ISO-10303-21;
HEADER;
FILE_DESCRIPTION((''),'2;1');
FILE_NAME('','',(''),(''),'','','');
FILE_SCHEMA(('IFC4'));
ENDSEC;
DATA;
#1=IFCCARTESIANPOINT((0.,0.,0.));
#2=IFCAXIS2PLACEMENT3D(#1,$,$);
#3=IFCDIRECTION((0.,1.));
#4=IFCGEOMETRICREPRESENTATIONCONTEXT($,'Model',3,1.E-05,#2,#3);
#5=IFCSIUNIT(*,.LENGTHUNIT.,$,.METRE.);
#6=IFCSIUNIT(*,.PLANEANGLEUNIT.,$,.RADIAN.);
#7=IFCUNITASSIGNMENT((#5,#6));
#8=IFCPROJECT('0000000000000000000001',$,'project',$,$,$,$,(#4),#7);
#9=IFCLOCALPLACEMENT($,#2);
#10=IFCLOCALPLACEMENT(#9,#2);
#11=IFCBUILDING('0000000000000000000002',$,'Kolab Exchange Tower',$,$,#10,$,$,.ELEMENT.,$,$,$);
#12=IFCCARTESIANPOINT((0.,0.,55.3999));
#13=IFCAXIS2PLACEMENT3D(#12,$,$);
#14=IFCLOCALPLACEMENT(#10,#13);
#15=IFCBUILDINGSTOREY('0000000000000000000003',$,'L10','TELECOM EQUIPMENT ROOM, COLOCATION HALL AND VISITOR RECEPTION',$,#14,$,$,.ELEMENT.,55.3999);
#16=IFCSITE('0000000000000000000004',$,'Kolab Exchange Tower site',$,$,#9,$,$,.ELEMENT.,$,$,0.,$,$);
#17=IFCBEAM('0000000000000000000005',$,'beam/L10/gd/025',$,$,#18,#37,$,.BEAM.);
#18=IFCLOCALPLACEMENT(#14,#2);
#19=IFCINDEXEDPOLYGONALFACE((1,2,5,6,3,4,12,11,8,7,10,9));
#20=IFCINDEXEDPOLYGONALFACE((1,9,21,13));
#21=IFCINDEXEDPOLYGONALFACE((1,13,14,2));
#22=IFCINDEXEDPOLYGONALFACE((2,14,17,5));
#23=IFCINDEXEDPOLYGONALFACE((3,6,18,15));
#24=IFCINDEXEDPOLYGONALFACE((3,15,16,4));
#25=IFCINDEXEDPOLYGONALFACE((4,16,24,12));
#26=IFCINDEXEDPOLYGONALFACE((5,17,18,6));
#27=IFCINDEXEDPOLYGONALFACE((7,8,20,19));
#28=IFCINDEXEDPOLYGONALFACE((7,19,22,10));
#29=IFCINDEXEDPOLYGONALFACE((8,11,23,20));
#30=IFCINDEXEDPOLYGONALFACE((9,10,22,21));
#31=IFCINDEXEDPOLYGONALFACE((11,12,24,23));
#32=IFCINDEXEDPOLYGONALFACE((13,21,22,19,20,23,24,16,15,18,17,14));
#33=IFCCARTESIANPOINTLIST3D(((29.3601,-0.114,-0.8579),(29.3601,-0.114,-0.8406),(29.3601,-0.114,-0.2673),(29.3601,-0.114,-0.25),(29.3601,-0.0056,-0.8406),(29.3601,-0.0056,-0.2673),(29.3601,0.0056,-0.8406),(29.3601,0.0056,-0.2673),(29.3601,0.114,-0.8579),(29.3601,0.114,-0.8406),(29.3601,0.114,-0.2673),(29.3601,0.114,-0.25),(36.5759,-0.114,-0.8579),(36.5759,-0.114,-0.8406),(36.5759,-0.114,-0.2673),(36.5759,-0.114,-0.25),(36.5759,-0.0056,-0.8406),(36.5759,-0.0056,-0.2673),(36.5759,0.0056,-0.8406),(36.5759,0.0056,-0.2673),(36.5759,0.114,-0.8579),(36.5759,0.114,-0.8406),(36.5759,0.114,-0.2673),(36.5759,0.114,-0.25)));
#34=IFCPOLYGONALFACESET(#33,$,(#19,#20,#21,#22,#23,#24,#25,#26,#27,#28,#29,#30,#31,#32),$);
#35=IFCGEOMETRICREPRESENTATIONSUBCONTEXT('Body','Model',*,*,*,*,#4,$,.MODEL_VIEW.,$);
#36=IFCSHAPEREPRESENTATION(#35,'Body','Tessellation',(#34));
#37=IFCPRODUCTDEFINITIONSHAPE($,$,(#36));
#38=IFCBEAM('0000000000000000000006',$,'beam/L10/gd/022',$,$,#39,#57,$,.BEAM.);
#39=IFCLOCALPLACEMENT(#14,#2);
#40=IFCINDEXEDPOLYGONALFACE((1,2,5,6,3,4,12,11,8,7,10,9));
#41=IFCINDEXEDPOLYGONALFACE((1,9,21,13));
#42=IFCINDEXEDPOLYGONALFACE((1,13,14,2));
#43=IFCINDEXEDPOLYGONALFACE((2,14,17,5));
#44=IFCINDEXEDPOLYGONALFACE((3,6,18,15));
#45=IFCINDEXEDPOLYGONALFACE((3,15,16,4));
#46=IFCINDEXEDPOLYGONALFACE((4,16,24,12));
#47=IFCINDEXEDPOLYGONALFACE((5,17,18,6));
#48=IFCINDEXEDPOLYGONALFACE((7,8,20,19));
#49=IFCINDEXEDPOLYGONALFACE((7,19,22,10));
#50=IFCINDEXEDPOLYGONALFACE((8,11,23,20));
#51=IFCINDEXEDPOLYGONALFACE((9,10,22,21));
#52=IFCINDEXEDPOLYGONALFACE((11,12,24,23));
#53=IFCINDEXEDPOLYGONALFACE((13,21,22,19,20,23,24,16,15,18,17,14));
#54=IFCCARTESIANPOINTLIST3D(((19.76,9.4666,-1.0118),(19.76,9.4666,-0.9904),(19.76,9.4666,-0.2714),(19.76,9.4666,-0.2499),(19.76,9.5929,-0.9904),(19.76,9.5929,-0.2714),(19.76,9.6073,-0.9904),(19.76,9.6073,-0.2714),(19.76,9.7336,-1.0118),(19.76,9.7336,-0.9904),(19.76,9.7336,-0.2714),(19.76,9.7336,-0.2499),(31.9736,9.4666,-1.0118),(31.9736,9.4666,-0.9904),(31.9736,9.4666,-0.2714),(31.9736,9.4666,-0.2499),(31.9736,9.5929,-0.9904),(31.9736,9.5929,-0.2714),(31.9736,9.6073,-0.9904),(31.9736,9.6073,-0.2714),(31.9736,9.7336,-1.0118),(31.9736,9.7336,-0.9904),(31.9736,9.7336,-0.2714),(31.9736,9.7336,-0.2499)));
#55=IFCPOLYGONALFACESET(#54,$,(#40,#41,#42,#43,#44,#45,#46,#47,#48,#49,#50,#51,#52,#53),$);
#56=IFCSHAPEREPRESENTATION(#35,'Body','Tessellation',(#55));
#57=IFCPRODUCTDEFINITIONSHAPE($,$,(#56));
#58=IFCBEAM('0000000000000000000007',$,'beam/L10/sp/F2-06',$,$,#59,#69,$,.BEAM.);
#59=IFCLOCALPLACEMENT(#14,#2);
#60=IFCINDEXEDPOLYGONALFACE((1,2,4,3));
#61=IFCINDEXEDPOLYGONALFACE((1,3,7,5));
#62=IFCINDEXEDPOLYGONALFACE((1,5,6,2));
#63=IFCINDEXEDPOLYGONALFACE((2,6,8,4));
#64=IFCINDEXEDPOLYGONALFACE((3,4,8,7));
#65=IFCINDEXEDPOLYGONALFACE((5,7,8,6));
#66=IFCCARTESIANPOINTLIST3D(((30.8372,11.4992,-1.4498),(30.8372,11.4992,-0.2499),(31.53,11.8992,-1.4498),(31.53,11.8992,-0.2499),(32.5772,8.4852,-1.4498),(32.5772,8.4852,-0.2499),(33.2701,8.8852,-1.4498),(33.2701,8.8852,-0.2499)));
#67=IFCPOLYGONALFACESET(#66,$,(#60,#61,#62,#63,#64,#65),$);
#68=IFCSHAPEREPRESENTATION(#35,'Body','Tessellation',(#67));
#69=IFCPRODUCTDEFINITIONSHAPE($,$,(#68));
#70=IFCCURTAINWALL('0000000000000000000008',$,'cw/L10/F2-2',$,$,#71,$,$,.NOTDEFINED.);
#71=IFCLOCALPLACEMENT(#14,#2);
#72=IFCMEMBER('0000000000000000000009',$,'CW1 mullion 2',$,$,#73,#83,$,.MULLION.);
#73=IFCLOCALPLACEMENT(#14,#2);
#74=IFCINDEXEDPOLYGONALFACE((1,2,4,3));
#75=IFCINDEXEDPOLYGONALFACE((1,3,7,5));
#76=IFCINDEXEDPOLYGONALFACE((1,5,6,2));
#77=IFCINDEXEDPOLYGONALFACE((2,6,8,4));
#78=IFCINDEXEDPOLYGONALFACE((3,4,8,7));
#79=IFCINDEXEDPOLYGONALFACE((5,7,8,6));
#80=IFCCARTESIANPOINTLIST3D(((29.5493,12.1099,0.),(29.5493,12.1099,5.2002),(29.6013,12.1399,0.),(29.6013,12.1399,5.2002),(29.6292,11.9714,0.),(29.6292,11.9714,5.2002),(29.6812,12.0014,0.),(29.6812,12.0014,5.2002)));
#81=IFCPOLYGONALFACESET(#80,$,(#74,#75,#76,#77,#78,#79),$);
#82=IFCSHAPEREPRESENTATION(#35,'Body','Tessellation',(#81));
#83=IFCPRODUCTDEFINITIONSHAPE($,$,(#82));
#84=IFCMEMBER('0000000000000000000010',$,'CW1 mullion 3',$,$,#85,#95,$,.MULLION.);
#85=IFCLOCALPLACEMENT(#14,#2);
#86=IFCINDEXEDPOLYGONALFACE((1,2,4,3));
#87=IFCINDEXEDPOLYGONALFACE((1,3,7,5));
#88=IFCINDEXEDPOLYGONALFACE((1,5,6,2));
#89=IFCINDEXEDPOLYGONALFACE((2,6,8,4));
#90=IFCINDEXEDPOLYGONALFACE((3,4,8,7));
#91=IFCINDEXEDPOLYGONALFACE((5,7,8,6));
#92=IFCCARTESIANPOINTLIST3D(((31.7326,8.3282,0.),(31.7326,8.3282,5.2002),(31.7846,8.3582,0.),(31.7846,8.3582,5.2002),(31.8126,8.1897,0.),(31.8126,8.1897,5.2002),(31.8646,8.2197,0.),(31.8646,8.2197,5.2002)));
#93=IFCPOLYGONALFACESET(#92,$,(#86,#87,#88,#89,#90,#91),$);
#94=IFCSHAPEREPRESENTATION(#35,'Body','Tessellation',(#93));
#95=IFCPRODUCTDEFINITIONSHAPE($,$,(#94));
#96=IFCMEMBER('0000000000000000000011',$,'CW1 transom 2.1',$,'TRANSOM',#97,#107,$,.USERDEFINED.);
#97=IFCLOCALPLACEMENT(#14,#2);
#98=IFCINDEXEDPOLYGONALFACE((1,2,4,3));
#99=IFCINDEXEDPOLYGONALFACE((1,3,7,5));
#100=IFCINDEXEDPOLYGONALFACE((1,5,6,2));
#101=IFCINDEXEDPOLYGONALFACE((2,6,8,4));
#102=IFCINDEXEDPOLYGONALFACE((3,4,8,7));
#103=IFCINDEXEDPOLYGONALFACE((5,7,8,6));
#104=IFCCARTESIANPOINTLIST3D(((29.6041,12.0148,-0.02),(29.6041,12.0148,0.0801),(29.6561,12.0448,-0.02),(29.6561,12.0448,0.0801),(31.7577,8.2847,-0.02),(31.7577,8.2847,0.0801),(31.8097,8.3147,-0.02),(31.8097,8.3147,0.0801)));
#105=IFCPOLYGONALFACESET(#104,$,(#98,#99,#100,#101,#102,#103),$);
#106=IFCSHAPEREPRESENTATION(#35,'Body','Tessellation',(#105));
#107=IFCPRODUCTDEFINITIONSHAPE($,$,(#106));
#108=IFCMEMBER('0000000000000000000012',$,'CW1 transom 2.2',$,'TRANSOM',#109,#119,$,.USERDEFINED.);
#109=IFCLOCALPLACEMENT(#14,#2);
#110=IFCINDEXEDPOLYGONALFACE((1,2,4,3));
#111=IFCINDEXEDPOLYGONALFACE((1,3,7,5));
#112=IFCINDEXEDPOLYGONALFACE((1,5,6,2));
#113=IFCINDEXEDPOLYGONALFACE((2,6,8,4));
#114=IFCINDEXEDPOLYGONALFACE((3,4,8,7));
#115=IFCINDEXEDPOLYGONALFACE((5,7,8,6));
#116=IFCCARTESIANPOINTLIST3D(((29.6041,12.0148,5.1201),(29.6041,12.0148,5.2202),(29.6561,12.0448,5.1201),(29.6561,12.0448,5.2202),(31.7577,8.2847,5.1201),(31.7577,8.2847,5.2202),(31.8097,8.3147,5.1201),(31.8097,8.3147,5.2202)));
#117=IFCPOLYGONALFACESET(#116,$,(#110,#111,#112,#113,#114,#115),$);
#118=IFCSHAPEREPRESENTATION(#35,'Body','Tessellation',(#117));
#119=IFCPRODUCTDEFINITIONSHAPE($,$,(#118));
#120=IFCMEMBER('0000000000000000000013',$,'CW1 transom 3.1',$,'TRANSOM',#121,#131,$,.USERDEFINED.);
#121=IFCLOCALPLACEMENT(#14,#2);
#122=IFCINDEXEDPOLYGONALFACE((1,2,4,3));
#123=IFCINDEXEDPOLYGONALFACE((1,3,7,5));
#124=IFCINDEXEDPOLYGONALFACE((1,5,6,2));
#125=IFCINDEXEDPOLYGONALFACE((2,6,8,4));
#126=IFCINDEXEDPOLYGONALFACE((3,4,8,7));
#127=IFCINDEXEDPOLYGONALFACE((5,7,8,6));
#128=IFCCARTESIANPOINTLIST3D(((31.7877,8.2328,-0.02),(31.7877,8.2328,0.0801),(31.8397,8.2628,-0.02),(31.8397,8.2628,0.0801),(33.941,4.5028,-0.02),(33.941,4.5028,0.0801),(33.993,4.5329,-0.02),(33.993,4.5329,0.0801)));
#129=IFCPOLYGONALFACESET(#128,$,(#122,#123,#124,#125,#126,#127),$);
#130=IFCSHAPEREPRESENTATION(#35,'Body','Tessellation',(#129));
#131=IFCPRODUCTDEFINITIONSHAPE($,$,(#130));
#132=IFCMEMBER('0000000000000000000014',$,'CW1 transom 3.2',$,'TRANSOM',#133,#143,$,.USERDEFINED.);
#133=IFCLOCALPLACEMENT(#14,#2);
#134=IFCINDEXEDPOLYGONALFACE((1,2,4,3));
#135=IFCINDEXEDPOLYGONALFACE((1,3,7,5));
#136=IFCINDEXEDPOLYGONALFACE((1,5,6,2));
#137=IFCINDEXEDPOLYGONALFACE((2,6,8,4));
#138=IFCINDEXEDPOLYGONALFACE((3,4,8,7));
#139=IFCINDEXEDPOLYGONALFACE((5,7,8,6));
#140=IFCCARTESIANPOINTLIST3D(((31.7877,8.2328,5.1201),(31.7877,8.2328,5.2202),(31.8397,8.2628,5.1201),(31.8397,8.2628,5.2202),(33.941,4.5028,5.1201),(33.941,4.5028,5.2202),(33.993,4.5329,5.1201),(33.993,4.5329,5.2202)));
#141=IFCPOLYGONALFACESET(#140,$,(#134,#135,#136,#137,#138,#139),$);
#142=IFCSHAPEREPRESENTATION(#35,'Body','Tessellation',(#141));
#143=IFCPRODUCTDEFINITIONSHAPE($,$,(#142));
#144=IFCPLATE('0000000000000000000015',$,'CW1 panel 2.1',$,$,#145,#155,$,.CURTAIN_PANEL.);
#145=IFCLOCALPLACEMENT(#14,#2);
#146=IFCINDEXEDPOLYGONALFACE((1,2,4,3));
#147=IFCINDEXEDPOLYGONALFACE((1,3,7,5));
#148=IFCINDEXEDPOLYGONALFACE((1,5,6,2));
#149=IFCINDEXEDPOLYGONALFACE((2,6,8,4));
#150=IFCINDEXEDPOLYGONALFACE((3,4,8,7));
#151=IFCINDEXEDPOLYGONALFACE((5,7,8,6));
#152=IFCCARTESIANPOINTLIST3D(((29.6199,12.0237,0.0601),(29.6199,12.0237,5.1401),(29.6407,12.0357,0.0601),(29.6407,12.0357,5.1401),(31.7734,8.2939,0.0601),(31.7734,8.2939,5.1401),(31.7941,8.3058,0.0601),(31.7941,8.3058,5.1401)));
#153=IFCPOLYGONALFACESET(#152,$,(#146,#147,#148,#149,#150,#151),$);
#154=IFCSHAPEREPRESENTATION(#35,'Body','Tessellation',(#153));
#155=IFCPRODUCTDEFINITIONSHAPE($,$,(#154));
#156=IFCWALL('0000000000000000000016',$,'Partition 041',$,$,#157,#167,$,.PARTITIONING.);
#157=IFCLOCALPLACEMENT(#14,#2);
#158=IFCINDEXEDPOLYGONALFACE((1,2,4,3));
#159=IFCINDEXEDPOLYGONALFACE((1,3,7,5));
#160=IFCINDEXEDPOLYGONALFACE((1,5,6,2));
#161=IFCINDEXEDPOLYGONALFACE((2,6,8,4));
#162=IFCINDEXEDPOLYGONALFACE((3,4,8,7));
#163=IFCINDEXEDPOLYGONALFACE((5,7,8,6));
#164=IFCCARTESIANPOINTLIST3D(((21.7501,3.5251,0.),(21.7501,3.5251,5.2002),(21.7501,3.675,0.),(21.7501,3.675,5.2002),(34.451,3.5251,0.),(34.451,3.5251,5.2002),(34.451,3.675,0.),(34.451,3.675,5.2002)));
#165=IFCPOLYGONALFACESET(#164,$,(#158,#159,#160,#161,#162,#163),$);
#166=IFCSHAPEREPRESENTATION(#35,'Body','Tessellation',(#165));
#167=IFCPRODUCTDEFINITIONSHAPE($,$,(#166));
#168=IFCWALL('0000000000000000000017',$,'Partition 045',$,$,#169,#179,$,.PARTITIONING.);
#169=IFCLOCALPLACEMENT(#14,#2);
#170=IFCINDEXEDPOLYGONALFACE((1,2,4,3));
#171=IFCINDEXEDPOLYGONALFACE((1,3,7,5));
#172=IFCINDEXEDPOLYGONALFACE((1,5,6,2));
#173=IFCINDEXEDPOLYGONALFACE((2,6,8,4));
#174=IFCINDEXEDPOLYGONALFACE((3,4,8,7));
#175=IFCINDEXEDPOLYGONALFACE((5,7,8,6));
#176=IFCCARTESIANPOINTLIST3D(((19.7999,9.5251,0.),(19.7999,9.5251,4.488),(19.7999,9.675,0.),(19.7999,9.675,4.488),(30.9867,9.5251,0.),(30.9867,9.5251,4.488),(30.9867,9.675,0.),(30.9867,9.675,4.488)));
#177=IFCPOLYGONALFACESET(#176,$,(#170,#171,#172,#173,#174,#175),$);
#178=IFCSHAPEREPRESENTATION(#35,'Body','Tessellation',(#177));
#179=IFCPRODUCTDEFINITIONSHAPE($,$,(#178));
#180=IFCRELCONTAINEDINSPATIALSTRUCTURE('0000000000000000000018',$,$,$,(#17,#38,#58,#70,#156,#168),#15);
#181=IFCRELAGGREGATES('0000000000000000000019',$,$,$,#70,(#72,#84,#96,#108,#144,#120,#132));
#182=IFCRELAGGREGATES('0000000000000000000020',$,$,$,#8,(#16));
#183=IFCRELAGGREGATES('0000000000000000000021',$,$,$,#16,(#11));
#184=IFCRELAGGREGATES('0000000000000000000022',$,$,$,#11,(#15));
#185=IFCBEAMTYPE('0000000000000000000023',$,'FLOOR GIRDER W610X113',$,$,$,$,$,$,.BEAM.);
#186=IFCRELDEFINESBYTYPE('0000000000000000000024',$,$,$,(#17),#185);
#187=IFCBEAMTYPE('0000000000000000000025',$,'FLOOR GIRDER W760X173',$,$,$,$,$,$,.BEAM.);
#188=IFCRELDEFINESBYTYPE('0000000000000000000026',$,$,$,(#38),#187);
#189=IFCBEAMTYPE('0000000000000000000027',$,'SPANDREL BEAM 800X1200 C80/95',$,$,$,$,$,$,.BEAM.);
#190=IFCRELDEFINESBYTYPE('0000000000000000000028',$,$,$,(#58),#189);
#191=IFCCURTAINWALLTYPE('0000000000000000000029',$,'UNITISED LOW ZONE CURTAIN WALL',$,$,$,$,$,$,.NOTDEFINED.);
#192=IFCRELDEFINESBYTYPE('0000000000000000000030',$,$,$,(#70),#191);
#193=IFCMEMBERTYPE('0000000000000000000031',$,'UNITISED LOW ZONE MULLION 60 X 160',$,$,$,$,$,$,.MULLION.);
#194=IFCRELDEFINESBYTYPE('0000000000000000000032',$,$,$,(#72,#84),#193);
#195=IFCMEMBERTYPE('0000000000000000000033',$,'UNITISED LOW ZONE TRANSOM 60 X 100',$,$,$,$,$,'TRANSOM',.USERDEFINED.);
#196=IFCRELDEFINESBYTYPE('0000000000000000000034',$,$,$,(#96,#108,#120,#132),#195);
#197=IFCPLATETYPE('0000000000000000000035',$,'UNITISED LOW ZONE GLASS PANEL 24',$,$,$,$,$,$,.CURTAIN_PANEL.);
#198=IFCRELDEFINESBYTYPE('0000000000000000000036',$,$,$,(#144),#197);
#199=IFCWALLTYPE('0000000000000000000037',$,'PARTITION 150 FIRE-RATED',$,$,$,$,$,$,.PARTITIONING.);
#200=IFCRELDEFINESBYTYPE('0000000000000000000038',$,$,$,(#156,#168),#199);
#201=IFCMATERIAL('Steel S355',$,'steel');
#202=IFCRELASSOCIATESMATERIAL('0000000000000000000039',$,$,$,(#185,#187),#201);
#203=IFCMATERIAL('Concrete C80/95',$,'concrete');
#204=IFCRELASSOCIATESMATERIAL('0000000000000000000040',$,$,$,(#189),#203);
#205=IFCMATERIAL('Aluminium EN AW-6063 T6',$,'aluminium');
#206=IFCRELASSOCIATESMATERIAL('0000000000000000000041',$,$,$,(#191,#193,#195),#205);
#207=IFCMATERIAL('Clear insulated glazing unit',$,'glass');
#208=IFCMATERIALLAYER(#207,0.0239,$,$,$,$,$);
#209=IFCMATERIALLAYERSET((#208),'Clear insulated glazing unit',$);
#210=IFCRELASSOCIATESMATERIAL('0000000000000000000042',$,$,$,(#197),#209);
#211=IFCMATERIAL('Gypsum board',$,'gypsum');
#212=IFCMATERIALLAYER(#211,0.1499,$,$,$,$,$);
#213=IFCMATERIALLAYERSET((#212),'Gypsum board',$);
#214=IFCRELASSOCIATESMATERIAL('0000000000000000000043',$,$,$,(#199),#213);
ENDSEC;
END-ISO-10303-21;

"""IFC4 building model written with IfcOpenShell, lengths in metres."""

from ifc_helpers import new_model, si_unit, direction, frame, frame_2d, origin, origin_2d, place, context, subcontext, project, spatial, rectangle, i_section, extrude, material, layer, layer_set, material_profile, profile_set, type_object, element, aggregate, save


model = new_model("IFC4")

# Units and contexts
model_context = context("Model", 3, precision=1e-05, world=origin(), true_north=direction((0.0, 1.0)))
body_context = subcontext(model_context, "Body", "Model", "MODEL_VIEW")
ifc_project = project(units=[si_unit("LENGTHUNIT", "METRE"), si_unit("PLANEANGLEUNIT", "RADIAN")], contexts=[model_context])

# Site, building, storey
site_placement = place(None, origin())
site = spatial("IfcSite", under=ifc_project, at=site_placement, Name="Kolab Exchange Tower site", CompositionType="ELEMENT", RefElevation=0.0)
building_placement = place(site_placement, origin())
building = spatial("IfcBuilding", under=site, at=building_placement, Name="Kolab Exchange Tower", CompositionType="ELEMENT")
storey_placement = place(building_placement, frame((0.0, 0.0, 55.3999)))
storey = spatial("IfcBuildingStorey", under=building, at=storey_placement, Name="L10", Description="TELECOM EQUIPMENT ROOM, COLOCATION HALL AND VISITOR RECEPTION", CompositionType="ELEMENT", Elevation=55.3999)

# Shared definitions
ifc_material_1 = material(Name="Concrete C80/95", Category="concrete")

# Beams
ifc_material_2 = material(Name="Steel S355", Category="steel")
ifc_material_profile_1 = material_profile(ifc_material_2, i_section(OverallWidth=0.228, OverallDepth=0.6079, WebThickness=0.0112, FlangeThickness=0.0173, at=origin_2d()), Name="W610X113")
ifc_profile_set_1 = profile_set([ifc_material_profile_1], Name="Steel S355")
beam_type_1 = type_object("IfcBeamType", Name="FLOOR GIRDER W610X113", PredefinedType="BEAM", material=ifc_profile_set_1)
beam_1_placement = place(storey_placement, frame((29.3601, 0.0, -0.554), z_axis=(1.0, 0.0, 0.0), x_axis=(0.0, 1.0, 0.0)))
element("IfcBeam", 1, at=beam_1_placement, inside=storey, type_object=beam_type_1, Name="beam/L10/gd/025", PredefinedType="BEAM", context=body_context, shape_type="SweptSolid", body=[
    extrude(i_section(OverallWidth=0.228, OverallDepth=0.6079, WebThickness=0.0112, FlangeThickness=0.0173, at=origin_2d()), origin(), (0.0, 0.0, 1.0), 7.2158),
])
ifc_material_profile_2 = material_profile(ifc_material_2, i_section(OverallWidth=0.2671, OverallDepth=0.762, WebThickness=0.0144, FlangeThickness=0.0215, at=origin_2d()), Name="W760X173")
ifc_profile_set_2 = profile_set([ifc_material_profile_2], Name="Steel S355")
beam_type_2 = type_object("IfcBeamType", Name="FLOOR GIRDER W760X173", PredefinedType="BEAM", material=ifc_profile_set_2)
beam_2_placement = place(storey_placement, frame((19.76, 9.6001, -0.6309), z_axis=(1.0, 0.0, 0.0), x_axis=(0.0, 1.0, 0.0)))
element("IfcBeam", 2, at=beam_2_placement, inside=storey, type_object=beam_type_2, Name="beam/L10/gd/022", PredefinedType="BEAM", context=body_context, shape_type="SweptSolid", body=[
    extrude(i_section(OverallWidth=0.2671, OverallDepth=0.762, WebThickness=0.0144, FlangeThickness=0.0215, at=origin_2d()), origin(), (0.0, 0.0, 1.0), 12.2136),
])
ifc_material_profile_3 = material_profile(ifc_material_1, rectangle(XDim=0.8, YDim=1.2, at=origin_2d()), Name="RC800X1200")
ifc_profile_set_3 = profile_set([ifc_material_profile_3], Name="Concrete C80/95")
beam_type_3 = type_object("IfcBeamType", Name="SPANDREL BEAM 800X1200 C80/95", PredefinedType="BEAM", material=ifc_profile_set_3)
beam_3_placement = place(storey_placement, frame((31.1836, 11.6992, -0.8499), z_axis=(0.49998, -0.866037, 0.0), x_axis=(0.866037, 0.49998, 0.0)))
element("IfcBeam", 3, at=beam_3_placement, inside=storey, type_object=beam_type_3, Name="beam/L10/sp/F2-06", PredefinedType="BEAM", context=body_context, shape_type="SweptSolid", body=[
    extrude(rectangle(XDim=0.8, YDim=1.2, at=origin_2d()), origin(), (0.0, 0.0, 1.0), 3.4802),
])

# Curtain wall, members, plate
ifc_material_3 = material(Name="Aluminium EN AW-6063 T6", Category="aluminium")
curtain_wall_type = type_object("IfcCurtainWallType", Name="UNITISED LOW ZONE CURTAIN WALL", PredefinedType="NOTDEFINED", material=ifc_material_3)
curtain_wall_placement = place(storey_placement, origin())
curtain_wall = element("IfcCurtainWall", 4, at=curtain_wall_placement, inside=storey, type_object=curtain_wall_type, Name="cw/L10/F2-2", PredefinedType="NOTDEFINED")
ifc_material_profile_4 = material_profile(ifc_material_3, rectangle(XDim=0.0601, YDim=0.1599, at=origin_2d()), Name="RECT 60X160")
ifc_profile_set_4 = profile_set([ifc_material_profile_4], Name="Aluminium EN AW-6063 T6")
member_type_1 = type_object("IfcMemberType", Name="UNITISED LOW ZONE MULLION 60 X 160", PredefinedType="MULLION", material=ifc_profile_set_4)
member_1_placement = place(storey_placement, frame((29.6152, 12.0557, 0.0), z_axis=(0.0, 0.0, 1.0), x_axis=(0.866025, 0.5, 0.0)))
member_1 = element("IfcMember", 5, at=member_1_placement, type_object=member_type_1, Name="CW1 mullion 2", PredefinedType="MULLION", context=body_context, shape_type="SweptSolid", body=[
    extrude(rectangle(XDim=0.0601, YDim=0.1599, at=origin_2d()), origin(), (0.0, 0.0, 1.0), 5.2002),
])
member_2_placement = place(storey_placement, frame((31.7986, 8.2739, 0.0), z_axis=(0.0, 0.0, 1.0), x_axis=(0.866025, 0.5, 0.0)))
member_2 = element("IfcMember", 6, at=member_2_placement, type_object=member_type_1, Name="CW1 mullion 3", PredefinedType="MULLION", context=body_context, shape_type="SweptSolid", body=[
    extrude(rectangle(XDim=0.0601, YDim=0.1599, at=origin_2d()), origin(), (0.0, 0.0, 1.0), 5.2002),
])
ifc_material_profile_5 = material_profile(ifc_material_3, rectangle(XDim=0.0601, YDim=0.1001, at=origin_2d()), Name="RECT 60X100")
ifc_profile_set_5 = profile_set([ifc_material_profile_5], Name="Aluminium EN AW-6063 T6")
member_type_2 = type_object("IfcMemberType", Name="UNITISED LOW ZONE TRANSOM 60 X 100", ElementType="TRANSOM", PredefinedType="USERDEFINED", material=ifc_profile_set_5)
member_3_placement = place(storey_placement, frame((29.6301, 12.0298, 0.03), z_axis=(0.50001, -0.866019, 0.0), x_axis=(0.866019, 0.50001, 0.0)))
member_3 = element("IfcMember", 7, at=member_3_placement, type_object=member_type_2, Name="CW1 transom 2.1", ObjectType="TRANSOM", PredefinedType="USERDEFINED", context=body_context, shape_type="SweptSolid", body=[
    extrude(rectangle(XDim=0.0601, YDim=0.1001, at=origin_2d()), origin(), (0.0, 0.0, 1.0), 4.3071),
])
member_4_placement = place(storey_placement, frame((29.6301, 12.0298, 5.1702), z_axis=(0.50001, -0.866019, 0.0), x_axis=(0.866019, 0.50001, 0.0)))
member_4 = element("IfcMember", 8, at=member_4_placement, type_object=member_type_2, Name="CW1 transom 2.2", ObjectType="TRANSOM", PredefinedType="USERDEFINED", context=body_context, shape_type="SweptSolid", body=[
    extrude(rectangle(XDim=0.0601, YDim=0.1001, at=origin_2d()), origin(), (0.0, 0.0, 1.0), 4.3071),
])
member_5_placement = place(storey_placement, frame((31.8137, 8.2478, 0.03), z_axis=(0.499968, -0.866044, 0.0), x_axis=(0.866044, 0.499968, 0.0)))
member_5 = element("IfcMember", 9, at=member_5_placement, type_object=member_type_2, Name="CW1 transom 3.1", ObjectType="TRANSOM", PredefinedType="USERDEFINED", context=body_context, shape_type="SweptSolid", body=[
    extrude(rectangle(XDim=0.0601, YDim=0.1001, at=origin_2d()), origin(), (0.0, 0.0, 1.0), 4.3069),
])
member_6_placement = place(storey_placement, frame((31.8137, 8.2478, 5.1702), z_axis=(0.499968, -0.866044, 0.0), x_axis=(0.866044, 0.499968, 0.0)))
member_6 = element("IfcMember", 10, at=member_6_placement, type_object=member_type_2, Name="CW1 transom 3.2", ObjectType="TRANSOM", PredefinedType="USERDEFINED", context=body_context, shape_type="SweptSolid", body=[
    extrude(rectangle(XDim=0.0601, YDim=0.1001, at=origin_2d()), origin(), (0.0, 0.0, 1.0), 4.3069),
])
ifc_material_4 = material(Name="Clear insulated glazing unit", Category="glass")
ifc_layer_1 = layer(ifc_material_4, 0.0239)
ifc_layer_set_1 = layer_set([ifc_layer_1], Name="Clear insulated glazing unit")
plate_type = type_object("IfcPlateType", Name="UNITISED LOW ZONE GLASS PANEL 24", PredefinedType="CURTAIN_PANEL", material=ifc_layer_set_1)
plate_placement = place(storey_placement, frame((30.707, 10.1648, 0.0601), z_axis=(0.0, 0.0, 1.0), x_axis=(0.5, -0.866025, 0.0)))
plate = element("IfcPlate", 11, at=plate_placement, type_object=plate_type, Name="CW1 panel 2.1", PredefinedType="CURTAIN_PANEL", context=body_context, shape_type="SweptSolid", body=[
    extrude(rectangle(XDim=4.3069, YDim=0.0239, at=origin_2d()), origin(), (0.0, 0.0, 1.0), 5.0801),
])
aggregate(curtain_wall, [member_1, member_2, member_3, member_4, plate, member_5, member_6])

# Walls
ifc_material_5 = material(Name="Gypsum board", Category="gypsum")
ifc_layer_2 = layer(ifc_material_5, 0.1499)
ifc_layer_set_2 = layer_set([ifc_layer_2], Name="Gypsum board")
wall_type = type_object("IfcWallType", Name="PARTITION 150 FIRE-RATED", PredefinedType="PARTITIONING", material=ifc_layer_set_2)
wall_1_placement = place(storey_placement, frame((21.75, 3.6001, 0.0), z_axis=(0.0, 0.0, 1.0), x_axis=(1.0, 0.0, 0.0)))
element("IfcWall", 12, at=wall_1_placement, inside=storey, type_object=wall_type, Name="Partition 041", PredefinedType="PARTITIONING", context=body_context, shape_type="SweptSolid", body=[
    extrude(rectangle(XDim=12.7009, YDim=0.1499, at=frame_2d((6.3506, 0.0))), origin(), (0.0, 0.0, 1.0), 5.2002),
])
wall_2_placement = place(storey_placement, frame((19.8, 9.6001, 0.0), z_axis=(0.0, 0.0, 1.0), x_axis=(1.0, 0.0, 0.0)))
element("IfcWall", 13, at=wall_2_placement, inside=storey, type_object=wall_type, Name="Partition 045", PredefinedType="PARTITIONING", context=body_context, shape_type="SweptSolid", body=[
    extrude(rectangle(XDim=11.1868, YDim=0.1499, at=frame_2d((5.5933, 0.0))), origin(), (0.0, 0.0, 1.0), 4.488),
])

save(model, "model.ifc")
